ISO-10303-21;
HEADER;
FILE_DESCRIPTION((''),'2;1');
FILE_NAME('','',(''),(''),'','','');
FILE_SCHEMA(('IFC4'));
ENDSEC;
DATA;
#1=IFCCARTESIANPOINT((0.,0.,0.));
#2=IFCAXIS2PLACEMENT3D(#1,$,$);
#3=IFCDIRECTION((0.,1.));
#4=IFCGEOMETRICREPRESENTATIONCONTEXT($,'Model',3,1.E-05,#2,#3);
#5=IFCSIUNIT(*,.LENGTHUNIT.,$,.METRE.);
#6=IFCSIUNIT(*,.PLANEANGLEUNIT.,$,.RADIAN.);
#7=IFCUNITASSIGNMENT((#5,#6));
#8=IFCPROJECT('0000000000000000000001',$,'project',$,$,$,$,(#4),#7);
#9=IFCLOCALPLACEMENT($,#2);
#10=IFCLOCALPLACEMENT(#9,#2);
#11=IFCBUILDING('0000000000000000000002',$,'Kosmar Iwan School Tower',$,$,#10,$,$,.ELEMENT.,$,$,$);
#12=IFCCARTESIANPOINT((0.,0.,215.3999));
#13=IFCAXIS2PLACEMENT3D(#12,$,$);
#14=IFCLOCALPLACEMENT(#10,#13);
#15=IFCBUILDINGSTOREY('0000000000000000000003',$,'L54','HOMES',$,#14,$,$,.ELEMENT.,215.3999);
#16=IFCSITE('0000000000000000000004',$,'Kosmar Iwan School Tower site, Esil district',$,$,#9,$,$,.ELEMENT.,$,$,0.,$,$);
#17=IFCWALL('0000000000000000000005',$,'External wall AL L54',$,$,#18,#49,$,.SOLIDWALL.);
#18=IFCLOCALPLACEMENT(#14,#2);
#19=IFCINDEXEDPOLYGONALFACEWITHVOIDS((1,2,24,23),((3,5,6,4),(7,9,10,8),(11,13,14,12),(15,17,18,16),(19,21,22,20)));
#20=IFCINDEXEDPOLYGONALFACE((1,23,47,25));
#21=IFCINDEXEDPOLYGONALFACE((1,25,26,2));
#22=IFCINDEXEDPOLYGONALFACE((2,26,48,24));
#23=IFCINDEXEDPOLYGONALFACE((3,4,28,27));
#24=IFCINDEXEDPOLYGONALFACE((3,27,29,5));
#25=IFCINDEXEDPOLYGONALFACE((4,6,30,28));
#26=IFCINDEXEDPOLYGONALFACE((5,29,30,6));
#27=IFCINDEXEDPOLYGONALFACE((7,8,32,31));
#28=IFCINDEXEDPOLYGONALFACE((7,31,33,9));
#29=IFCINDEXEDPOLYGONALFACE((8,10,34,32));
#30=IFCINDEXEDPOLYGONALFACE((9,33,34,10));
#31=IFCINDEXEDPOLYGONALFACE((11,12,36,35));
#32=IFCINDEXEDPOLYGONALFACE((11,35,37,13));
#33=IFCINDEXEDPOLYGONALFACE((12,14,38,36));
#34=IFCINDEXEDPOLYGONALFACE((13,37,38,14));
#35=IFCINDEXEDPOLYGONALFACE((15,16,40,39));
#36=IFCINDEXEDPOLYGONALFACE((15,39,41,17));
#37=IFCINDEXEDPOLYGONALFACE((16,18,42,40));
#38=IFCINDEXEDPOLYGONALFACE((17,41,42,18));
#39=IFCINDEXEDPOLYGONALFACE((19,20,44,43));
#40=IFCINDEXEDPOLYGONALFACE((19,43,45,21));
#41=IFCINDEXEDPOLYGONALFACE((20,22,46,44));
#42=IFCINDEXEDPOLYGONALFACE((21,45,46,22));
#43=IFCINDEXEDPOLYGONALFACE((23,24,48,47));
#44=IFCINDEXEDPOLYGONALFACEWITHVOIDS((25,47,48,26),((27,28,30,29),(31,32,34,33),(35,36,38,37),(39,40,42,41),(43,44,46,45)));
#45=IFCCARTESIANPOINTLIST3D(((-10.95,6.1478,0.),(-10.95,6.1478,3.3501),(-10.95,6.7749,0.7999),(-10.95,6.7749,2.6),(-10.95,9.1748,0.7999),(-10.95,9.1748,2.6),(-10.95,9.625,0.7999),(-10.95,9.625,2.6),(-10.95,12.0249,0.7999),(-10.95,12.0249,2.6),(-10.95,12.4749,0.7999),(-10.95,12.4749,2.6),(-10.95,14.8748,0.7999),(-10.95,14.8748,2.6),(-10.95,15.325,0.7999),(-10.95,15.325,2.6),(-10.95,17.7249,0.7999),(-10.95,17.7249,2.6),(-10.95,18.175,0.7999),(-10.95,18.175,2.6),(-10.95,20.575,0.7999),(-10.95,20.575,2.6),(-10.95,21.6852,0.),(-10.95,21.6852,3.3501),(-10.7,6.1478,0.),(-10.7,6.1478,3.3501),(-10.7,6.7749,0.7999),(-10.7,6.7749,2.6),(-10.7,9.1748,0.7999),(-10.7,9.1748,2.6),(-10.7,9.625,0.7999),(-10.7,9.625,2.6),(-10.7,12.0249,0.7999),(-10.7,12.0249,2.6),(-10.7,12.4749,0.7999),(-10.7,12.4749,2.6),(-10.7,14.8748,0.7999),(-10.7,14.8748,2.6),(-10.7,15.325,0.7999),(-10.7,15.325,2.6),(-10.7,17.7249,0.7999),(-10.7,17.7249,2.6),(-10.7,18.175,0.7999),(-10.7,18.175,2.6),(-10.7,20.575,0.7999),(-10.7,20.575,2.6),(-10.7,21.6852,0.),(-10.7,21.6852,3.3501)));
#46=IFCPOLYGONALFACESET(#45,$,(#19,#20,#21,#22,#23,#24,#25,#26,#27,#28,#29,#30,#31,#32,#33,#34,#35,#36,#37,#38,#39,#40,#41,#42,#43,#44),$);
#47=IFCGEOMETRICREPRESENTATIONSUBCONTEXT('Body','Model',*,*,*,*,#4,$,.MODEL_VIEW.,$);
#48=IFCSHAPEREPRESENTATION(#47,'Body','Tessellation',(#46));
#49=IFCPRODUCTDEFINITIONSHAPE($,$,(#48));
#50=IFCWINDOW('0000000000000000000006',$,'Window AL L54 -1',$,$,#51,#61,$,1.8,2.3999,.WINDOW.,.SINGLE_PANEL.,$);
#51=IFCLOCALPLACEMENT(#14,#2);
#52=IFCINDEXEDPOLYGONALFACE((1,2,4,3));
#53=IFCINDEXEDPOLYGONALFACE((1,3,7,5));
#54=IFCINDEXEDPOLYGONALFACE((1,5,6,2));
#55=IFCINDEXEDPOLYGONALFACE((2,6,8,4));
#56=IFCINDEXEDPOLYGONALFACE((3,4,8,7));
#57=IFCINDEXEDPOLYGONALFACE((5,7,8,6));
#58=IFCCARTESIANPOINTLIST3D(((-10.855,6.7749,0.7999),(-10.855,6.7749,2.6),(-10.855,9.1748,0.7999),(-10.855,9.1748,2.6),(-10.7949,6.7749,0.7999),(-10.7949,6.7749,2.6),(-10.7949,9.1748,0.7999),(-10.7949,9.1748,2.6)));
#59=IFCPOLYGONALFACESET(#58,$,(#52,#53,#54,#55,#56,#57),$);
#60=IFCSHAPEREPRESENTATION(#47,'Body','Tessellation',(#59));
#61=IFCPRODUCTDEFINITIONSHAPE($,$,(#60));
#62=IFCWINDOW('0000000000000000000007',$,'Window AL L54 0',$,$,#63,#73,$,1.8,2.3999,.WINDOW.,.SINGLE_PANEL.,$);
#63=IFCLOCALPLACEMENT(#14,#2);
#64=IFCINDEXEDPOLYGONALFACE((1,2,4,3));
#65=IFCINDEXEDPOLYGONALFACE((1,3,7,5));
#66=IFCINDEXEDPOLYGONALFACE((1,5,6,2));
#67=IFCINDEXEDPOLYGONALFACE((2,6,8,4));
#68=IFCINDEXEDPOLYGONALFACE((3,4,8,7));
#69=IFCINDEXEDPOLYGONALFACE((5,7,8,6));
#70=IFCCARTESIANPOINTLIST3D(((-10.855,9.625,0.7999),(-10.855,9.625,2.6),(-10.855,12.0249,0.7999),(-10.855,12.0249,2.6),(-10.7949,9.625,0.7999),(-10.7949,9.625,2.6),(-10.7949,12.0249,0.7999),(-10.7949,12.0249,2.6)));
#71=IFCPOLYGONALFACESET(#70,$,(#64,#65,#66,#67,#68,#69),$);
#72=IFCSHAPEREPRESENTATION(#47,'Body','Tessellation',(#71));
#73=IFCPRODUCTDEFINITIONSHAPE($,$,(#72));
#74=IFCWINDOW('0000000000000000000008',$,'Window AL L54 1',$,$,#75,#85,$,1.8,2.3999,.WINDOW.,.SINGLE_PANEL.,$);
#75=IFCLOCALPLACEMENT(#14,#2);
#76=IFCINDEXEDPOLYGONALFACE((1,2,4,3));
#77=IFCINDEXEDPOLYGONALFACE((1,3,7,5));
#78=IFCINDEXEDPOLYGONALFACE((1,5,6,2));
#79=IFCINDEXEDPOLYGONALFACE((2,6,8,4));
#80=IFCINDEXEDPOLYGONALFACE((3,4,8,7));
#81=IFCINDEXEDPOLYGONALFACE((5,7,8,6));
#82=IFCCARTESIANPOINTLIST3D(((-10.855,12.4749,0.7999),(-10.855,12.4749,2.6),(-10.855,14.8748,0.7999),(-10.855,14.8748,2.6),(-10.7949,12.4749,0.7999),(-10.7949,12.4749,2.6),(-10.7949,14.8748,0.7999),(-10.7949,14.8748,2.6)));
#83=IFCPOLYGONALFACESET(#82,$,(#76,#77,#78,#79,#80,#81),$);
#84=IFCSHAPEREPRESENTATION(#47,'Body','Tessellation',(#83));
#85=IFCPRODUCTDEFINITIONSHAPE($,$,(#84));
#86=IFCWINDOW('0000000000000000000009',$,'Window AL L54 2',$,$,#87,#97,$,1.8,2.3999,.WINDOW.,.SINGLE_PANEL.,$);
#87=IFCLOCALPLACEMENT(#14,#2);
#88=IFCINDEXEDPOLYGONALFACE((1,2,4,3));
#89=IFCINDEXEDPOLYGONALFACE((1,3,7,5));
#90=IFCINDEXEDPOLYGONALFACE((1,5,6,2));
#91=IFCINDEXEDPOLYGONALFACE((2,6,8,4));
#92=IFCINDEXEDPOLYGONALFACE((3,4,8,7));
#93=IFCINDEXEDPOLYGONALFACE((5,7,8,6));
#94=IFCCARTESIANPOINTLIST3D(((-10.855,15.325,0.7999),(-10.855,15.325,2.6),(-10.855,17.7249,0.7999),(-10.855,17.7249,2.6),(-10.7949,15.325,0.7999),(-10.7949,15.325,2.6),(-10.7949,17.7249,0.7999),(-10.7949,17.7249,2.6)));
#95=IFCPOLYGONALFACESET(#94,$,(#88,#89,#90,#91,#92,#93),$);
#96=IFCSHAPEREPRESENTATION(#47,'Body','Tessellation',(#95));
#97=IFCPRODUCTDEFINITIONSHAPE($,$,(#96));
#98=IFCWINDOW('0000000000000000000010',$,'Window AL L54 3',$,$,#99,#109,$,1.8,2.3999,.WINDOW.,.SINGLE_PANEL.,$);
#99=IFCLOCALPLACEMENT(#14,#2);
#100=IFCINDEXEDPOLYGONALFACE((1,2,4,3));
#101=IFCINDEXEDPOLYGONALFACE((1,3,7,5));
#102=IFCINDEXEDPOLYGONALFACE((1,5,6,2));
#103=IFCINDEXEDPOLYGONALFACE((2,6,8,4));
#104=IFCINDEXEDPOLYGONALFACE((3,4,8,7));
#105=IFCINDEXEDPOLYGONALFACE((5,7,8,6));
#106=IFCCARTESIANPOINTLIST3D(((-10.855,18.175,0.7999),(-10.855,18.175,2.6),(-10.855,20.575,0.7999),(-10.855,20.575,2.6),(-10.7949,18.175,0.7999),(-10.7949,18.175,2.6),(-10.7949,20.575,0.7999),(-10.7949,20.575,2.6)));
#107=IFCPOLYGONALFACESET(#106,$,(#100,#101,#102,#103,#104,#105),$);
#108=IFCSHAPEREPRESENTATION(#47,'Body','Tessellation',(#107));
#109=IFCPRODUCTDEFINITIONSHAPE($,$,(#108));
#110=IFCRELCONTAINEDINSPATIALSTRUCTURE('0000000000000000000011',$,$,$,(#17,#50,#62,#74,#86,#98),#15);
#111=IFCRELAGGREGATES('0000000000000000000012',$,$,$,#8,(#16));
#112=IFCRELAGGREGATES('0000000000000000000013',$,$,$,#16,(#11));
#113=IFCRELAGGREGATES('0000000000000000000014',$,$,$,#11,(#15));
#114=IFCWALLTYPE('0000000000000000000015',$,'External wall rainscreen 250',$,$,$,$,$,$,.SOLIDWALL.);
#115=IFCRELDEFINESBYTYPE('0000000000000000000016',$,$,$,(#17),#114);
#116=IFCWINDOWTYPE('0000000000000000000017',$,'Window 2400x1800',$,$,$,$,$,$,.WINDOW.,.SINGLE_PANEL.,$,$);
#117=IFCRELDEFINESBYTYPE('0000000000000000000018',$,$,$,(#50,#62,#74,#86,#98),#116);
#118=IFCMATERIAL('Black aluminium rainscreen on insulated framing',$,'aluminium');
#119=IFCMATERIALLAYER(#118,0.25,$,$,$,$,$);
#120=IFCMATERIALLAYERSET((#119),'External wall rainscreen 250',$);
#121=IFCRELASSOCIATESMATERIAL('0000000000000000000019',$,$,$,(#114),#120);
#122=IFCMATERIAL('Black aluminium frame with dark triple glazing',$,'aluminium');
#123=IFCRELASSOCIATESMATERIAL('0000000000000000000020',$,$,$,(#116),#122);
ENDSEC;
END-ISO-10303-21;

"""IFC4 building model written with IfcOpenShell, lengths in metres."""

from ifc_helpers import new_model, si_unit, direction, frame, frame_2d, origin, place, context, subcontext, project, spatial, rectangle, extrude, material, layer, layer_set, type_object, element, fill, save


model = new_model("IFC4")

# Units and contexts
model_context = context("Model", 3, precision=1e-05, world=origin(), true_north=direction((0.0, 1.0)))
body_context = subcontext(model_context, "Body", "Model", "MODEL_VIEW")
ifc_project = project(units=[si_unit("LENGTHUNIT", "METRE"), si_unit("PLANEANGLEUNIT", "RADIAN")], contexts=[model_context])

# Site, building, storey
site_placement = place(None, origin())
site = spatial("IfcSite", under=ifc_project, at=site_placement, Name="Kosmar Iwan School Tower site, Esil district", CompositionType="ELEMENT", RefElevation=0.0)
building_placement = place(site_placement, origin())
building = spatial("IfcBuilding", under=site, at=building_placement, Name="Kosmar Iwan School Tower", CompositionType="ELEMENT")
storey_placement = place(building_placement, frame((0.0, 0.0, 215.3999)))
storey = spatial("IfcBuildingStorey", under=building, at=storey_placement, Name="L54", Description="HOMES", CompositionType="ELEMENT", Elevation=215.3999)

# Wall, openings, windows
ifc_material_1 = material(Name="Black aluminium rainscreen on insulated framing", Category="aluminium")
ifc_layer_1 = layer(ifc_material_1, 0.25)
ifc_layer_set_1 = layer_set([ifc_layer_1], Name="External wall rainscreen 250")
wall_type_1 = type_object("IfcWallType", Name="External wall rainscreen 250", PredefinedType="SOLIDWALL", material=ifc_layer_set_1)
wall_1_placement = place(storey_placement, frame((-10.825, 6.1479, 0.0), z_axis=(0.0, 0.0, 1.0), x_axis=(0.0, 1.0, 0.0)))
wall_1 = element("IfcWall", 1, at=wall_1_placement, inside=storey, type_object=wall_type_1, Name="External wall AL L54", PredefinedType="SOLIDWALL", context=body_context, shape_type="SweptSolid", body=[
    extrude(rectangle(XDim=15.5374, YDim=0.25, at=frame_2d((7.7686, 0.0))), origin(), (0.0, 0.0, 1.0), 3.3501),
])
opening_1_placement = place(wall_1_placement, frame((0.627, 0.0, 0.8)))
opening_1 = element("IfcOpeningElement", 2, at=opening_1_placement, cuts=wall_1, PredefinedType="OPENING", context=body_context, shape_type="SweptSolid", body=[
    extrude(rectangle(XDim=2.3999, YDim=1.8, at=frame_2d((1.2, 0.8999))), frame((0.0, 0.137, 0.0), z_axis=(0.0, -1.0, 0.0), x_axis=(1.0, 0.0, 0.0)), (0.0, 0.0, 1.0), 0.2739),
])
opening_2_placement = place(wall_1_placement, frame((3.4771, 0.0, 0.8)))
opening_2 = element("IfcOpeningElement", 3, at=opening_2_placement, cuts=wall_1, PredefinedType="OPENING", context=body_context, shape_type="SweptSolid", body=[
    extrude(rectangle(XDim=2.3999, YDim=1.8, at=frame_2d((1.2, 0.8999))), frame((0.0, 0.137, 0.0), z_axis=(0.0, -1.0, 0.0), x_axis=(1.0, 0.0, 0.0)), (0.0, 0.0, 1.0), 0.2739),
])
opening_3_placement = place(wall_1_placement, frame((6.3269, 0.0, 0.8)))
opening_3 = element("IfcOpeningElement", 4, at=opening_3_placement, cuts=wall_1, PredefinedType="OPENING", context=body_context, shape_type="SweptSolid", body=[
    extrude(rectangle(XDim=2.3999, YDim=1.8, at=frame_2d((1.2, 0.8999))), frame((0.0, 0.137, 0.0), z_axis=(0.0, -1.0, 0.0), x_axis=(1.0, 0.0, 0.0)), (0.0, 0.0, 1.0), 0.2739),
])
opening_4_placement = place(wall_1_placement, frame((9.177, 0.0, 0.8)))
opening_4 = element("IfcOpeningElement", 5, at=opening_4_placement, cuts=wall_1, PredefinedType="OPENING", context=body_context, shape_type="SweptSolid", body=[
    extrude(rectangle(XDim=2.3999, YDim=1.8, at=frame_2d((1.2, 0.8999))), frame((0.0, 0.137, 0.0), z_axis=(0.0, -1.0, 0.0), x_axis=(1.0, 0.0, 0.0)), (0.0, 0.0, 1.0), 0.2739),
])
opening_5_placement = place(wall_1_placement, frame((12.0271, 0.0, 0.8)))
opening_5 = element("IfcOpeningElement", 6, at=opening_5_placement, cuts=wall_1, PredefinedType="OPENING", context=body_context, shape_type="SweptSolid", body=[
    extrude(rectangle(XDim=2.3999, YDim=1.8, at=frame_2d((1.2, 0.8999))), frame((0.0, 0.137, 0.0), z_axis=(0.0, -1.0, 0.0), x_axis=(1.0, 0.0, 0.0)), (0.0, 0.0, 1.0), 0.2739),
])
ifc_material_2 = material(Name="Black aluminium frame with dark triple glazing", Category="aluminium")
window_type = type_object("IfcWindowType", Name="Window 2400x1800", PartitioningType="SINGLE_PANEL", PredefinedType="WINDOW", material=ifc_material_2)
window_1_placement = place(opening_1_placement, origin())
window_1 = element("IfcWindow", 7, at=window_1_placement, inside=storey, type_object=window_type, Name="Window AL L54 -1", OverallHeight=1.8, OverallWidth=2.3999, PartitioningType="SINGLE_PANEL", PredefinedType="WINDOW", context=body_context, shape_type="SweptSolid", body=[
    extrude(rectangle(XDim=2.3999, YDim=1.8, at=frame_2d((1.2, 0.8999))), frame((0.0, 0.03, 0.0), z_axis=(0.0, -1.0, 0.0), x_axis=(1.0, 0.0, 0.0)), (0.0, 0.0, 1.0), 0.0601),
])
fill(opening_1, window_1)
window_2_placement = place(opening_2_placement, origin())
window_2 = element("IfcWindow", 8, at=window_2_placement, inside=storey, type_object=window_type, Name="Window AL L54 0", OverallHeight=1.8, OverallWidth=2.3999, PartitioningType="SINGLE_PANEL", PredefinedType="WINDOW", context=body_context, shape_type="SweptSolid", body=[
    extrude(rectangle(XDim=2.3999, YDim=1.8, at=frame_2d((1.2, 0.8999))), frame((0.0, 0.03, 0.0), z_axis=(0.0, -1.0, 0.0), x_axis=(1.0, 0.0, 0.0)), (0.0, 0.0, 1.0), 0.0601),
])
fill(opening_2, window_2)
window_3_placement = place(opening_3_placement, origin())
window_3 = element("IfcWindow", 9, at=window_3_placement, inside=storey, type_object=window_type, Name="Window AL L54 1", OverallHeight=1.8, OverallWidth=2.3999, PartitioningType="SINGLE_PANEL", PredefinedType="WINDOW", context=body_context, shape_type="SweptSolid", body=[
    extrude(rectangle(XDim=2.3999, YDim=1.8, at=frame_2d((1.2, 0.8999))), frame((0.0, 0.03, 0.0), z_axis=(0.0, -1.0, 0.0), x_axis=(1.0, 0.0, 0.0)), (0.0, 0.0, 1.0), 0.0601),
])
fill(opening_3, window_3)
window_4_placement = place(opening_4_placement, origin())
window_4 = element("IfcWindow", 10, at=window_4_placement, inside=storey, type_object=window_type, Name="Window AL L54 2", OverallHeight=1.8, OverallWidth=2.3999, PartitioningType="SINGLE_PANEL", PredefinedType="WINDOW", context=body_context, shape_type="SweptSolid", body=[
    extrude(rectangle(XDim=2.3999, YDim=1.8, at=frame_2d((1.2, 0.8999))), frame((0.0, 0.03, 0.0), z_axis=(0.0, -1.0, 0.0), x_axis=(1.0, 0.0, 0.0)), (0.0, 0.0, 1.0), 0.0601),
])
fill(opening_4, window_4)
window_5_placement = place(opening_5_placement, origin())
window_5 = element("IfcWindow", 11, at=window_5_placement, inside=storey, type_object=window_type, Name="Window AL L54 3", OverallHeight=1.8, OverallWidth=2.3999, PartitioningType="SINGLE_PANEL", PredefinedType="WINDOW", context=body_context, shape_type="SweptSolid", body=[
    extrude(rectangle(XDim=2.3999, YDim=1.8, at=frame_2d((1.2, 0.8999))), frame((0.0, 0.03, 0.0), z_axis=(0.0, -1.0, 0.0), x_axis=(1.0, 0.0, 0.0)), (0.0, 0.0, 1.0), 0.0601),
])
fill(opening_5, window_5)

save(model, "model.ifc")
